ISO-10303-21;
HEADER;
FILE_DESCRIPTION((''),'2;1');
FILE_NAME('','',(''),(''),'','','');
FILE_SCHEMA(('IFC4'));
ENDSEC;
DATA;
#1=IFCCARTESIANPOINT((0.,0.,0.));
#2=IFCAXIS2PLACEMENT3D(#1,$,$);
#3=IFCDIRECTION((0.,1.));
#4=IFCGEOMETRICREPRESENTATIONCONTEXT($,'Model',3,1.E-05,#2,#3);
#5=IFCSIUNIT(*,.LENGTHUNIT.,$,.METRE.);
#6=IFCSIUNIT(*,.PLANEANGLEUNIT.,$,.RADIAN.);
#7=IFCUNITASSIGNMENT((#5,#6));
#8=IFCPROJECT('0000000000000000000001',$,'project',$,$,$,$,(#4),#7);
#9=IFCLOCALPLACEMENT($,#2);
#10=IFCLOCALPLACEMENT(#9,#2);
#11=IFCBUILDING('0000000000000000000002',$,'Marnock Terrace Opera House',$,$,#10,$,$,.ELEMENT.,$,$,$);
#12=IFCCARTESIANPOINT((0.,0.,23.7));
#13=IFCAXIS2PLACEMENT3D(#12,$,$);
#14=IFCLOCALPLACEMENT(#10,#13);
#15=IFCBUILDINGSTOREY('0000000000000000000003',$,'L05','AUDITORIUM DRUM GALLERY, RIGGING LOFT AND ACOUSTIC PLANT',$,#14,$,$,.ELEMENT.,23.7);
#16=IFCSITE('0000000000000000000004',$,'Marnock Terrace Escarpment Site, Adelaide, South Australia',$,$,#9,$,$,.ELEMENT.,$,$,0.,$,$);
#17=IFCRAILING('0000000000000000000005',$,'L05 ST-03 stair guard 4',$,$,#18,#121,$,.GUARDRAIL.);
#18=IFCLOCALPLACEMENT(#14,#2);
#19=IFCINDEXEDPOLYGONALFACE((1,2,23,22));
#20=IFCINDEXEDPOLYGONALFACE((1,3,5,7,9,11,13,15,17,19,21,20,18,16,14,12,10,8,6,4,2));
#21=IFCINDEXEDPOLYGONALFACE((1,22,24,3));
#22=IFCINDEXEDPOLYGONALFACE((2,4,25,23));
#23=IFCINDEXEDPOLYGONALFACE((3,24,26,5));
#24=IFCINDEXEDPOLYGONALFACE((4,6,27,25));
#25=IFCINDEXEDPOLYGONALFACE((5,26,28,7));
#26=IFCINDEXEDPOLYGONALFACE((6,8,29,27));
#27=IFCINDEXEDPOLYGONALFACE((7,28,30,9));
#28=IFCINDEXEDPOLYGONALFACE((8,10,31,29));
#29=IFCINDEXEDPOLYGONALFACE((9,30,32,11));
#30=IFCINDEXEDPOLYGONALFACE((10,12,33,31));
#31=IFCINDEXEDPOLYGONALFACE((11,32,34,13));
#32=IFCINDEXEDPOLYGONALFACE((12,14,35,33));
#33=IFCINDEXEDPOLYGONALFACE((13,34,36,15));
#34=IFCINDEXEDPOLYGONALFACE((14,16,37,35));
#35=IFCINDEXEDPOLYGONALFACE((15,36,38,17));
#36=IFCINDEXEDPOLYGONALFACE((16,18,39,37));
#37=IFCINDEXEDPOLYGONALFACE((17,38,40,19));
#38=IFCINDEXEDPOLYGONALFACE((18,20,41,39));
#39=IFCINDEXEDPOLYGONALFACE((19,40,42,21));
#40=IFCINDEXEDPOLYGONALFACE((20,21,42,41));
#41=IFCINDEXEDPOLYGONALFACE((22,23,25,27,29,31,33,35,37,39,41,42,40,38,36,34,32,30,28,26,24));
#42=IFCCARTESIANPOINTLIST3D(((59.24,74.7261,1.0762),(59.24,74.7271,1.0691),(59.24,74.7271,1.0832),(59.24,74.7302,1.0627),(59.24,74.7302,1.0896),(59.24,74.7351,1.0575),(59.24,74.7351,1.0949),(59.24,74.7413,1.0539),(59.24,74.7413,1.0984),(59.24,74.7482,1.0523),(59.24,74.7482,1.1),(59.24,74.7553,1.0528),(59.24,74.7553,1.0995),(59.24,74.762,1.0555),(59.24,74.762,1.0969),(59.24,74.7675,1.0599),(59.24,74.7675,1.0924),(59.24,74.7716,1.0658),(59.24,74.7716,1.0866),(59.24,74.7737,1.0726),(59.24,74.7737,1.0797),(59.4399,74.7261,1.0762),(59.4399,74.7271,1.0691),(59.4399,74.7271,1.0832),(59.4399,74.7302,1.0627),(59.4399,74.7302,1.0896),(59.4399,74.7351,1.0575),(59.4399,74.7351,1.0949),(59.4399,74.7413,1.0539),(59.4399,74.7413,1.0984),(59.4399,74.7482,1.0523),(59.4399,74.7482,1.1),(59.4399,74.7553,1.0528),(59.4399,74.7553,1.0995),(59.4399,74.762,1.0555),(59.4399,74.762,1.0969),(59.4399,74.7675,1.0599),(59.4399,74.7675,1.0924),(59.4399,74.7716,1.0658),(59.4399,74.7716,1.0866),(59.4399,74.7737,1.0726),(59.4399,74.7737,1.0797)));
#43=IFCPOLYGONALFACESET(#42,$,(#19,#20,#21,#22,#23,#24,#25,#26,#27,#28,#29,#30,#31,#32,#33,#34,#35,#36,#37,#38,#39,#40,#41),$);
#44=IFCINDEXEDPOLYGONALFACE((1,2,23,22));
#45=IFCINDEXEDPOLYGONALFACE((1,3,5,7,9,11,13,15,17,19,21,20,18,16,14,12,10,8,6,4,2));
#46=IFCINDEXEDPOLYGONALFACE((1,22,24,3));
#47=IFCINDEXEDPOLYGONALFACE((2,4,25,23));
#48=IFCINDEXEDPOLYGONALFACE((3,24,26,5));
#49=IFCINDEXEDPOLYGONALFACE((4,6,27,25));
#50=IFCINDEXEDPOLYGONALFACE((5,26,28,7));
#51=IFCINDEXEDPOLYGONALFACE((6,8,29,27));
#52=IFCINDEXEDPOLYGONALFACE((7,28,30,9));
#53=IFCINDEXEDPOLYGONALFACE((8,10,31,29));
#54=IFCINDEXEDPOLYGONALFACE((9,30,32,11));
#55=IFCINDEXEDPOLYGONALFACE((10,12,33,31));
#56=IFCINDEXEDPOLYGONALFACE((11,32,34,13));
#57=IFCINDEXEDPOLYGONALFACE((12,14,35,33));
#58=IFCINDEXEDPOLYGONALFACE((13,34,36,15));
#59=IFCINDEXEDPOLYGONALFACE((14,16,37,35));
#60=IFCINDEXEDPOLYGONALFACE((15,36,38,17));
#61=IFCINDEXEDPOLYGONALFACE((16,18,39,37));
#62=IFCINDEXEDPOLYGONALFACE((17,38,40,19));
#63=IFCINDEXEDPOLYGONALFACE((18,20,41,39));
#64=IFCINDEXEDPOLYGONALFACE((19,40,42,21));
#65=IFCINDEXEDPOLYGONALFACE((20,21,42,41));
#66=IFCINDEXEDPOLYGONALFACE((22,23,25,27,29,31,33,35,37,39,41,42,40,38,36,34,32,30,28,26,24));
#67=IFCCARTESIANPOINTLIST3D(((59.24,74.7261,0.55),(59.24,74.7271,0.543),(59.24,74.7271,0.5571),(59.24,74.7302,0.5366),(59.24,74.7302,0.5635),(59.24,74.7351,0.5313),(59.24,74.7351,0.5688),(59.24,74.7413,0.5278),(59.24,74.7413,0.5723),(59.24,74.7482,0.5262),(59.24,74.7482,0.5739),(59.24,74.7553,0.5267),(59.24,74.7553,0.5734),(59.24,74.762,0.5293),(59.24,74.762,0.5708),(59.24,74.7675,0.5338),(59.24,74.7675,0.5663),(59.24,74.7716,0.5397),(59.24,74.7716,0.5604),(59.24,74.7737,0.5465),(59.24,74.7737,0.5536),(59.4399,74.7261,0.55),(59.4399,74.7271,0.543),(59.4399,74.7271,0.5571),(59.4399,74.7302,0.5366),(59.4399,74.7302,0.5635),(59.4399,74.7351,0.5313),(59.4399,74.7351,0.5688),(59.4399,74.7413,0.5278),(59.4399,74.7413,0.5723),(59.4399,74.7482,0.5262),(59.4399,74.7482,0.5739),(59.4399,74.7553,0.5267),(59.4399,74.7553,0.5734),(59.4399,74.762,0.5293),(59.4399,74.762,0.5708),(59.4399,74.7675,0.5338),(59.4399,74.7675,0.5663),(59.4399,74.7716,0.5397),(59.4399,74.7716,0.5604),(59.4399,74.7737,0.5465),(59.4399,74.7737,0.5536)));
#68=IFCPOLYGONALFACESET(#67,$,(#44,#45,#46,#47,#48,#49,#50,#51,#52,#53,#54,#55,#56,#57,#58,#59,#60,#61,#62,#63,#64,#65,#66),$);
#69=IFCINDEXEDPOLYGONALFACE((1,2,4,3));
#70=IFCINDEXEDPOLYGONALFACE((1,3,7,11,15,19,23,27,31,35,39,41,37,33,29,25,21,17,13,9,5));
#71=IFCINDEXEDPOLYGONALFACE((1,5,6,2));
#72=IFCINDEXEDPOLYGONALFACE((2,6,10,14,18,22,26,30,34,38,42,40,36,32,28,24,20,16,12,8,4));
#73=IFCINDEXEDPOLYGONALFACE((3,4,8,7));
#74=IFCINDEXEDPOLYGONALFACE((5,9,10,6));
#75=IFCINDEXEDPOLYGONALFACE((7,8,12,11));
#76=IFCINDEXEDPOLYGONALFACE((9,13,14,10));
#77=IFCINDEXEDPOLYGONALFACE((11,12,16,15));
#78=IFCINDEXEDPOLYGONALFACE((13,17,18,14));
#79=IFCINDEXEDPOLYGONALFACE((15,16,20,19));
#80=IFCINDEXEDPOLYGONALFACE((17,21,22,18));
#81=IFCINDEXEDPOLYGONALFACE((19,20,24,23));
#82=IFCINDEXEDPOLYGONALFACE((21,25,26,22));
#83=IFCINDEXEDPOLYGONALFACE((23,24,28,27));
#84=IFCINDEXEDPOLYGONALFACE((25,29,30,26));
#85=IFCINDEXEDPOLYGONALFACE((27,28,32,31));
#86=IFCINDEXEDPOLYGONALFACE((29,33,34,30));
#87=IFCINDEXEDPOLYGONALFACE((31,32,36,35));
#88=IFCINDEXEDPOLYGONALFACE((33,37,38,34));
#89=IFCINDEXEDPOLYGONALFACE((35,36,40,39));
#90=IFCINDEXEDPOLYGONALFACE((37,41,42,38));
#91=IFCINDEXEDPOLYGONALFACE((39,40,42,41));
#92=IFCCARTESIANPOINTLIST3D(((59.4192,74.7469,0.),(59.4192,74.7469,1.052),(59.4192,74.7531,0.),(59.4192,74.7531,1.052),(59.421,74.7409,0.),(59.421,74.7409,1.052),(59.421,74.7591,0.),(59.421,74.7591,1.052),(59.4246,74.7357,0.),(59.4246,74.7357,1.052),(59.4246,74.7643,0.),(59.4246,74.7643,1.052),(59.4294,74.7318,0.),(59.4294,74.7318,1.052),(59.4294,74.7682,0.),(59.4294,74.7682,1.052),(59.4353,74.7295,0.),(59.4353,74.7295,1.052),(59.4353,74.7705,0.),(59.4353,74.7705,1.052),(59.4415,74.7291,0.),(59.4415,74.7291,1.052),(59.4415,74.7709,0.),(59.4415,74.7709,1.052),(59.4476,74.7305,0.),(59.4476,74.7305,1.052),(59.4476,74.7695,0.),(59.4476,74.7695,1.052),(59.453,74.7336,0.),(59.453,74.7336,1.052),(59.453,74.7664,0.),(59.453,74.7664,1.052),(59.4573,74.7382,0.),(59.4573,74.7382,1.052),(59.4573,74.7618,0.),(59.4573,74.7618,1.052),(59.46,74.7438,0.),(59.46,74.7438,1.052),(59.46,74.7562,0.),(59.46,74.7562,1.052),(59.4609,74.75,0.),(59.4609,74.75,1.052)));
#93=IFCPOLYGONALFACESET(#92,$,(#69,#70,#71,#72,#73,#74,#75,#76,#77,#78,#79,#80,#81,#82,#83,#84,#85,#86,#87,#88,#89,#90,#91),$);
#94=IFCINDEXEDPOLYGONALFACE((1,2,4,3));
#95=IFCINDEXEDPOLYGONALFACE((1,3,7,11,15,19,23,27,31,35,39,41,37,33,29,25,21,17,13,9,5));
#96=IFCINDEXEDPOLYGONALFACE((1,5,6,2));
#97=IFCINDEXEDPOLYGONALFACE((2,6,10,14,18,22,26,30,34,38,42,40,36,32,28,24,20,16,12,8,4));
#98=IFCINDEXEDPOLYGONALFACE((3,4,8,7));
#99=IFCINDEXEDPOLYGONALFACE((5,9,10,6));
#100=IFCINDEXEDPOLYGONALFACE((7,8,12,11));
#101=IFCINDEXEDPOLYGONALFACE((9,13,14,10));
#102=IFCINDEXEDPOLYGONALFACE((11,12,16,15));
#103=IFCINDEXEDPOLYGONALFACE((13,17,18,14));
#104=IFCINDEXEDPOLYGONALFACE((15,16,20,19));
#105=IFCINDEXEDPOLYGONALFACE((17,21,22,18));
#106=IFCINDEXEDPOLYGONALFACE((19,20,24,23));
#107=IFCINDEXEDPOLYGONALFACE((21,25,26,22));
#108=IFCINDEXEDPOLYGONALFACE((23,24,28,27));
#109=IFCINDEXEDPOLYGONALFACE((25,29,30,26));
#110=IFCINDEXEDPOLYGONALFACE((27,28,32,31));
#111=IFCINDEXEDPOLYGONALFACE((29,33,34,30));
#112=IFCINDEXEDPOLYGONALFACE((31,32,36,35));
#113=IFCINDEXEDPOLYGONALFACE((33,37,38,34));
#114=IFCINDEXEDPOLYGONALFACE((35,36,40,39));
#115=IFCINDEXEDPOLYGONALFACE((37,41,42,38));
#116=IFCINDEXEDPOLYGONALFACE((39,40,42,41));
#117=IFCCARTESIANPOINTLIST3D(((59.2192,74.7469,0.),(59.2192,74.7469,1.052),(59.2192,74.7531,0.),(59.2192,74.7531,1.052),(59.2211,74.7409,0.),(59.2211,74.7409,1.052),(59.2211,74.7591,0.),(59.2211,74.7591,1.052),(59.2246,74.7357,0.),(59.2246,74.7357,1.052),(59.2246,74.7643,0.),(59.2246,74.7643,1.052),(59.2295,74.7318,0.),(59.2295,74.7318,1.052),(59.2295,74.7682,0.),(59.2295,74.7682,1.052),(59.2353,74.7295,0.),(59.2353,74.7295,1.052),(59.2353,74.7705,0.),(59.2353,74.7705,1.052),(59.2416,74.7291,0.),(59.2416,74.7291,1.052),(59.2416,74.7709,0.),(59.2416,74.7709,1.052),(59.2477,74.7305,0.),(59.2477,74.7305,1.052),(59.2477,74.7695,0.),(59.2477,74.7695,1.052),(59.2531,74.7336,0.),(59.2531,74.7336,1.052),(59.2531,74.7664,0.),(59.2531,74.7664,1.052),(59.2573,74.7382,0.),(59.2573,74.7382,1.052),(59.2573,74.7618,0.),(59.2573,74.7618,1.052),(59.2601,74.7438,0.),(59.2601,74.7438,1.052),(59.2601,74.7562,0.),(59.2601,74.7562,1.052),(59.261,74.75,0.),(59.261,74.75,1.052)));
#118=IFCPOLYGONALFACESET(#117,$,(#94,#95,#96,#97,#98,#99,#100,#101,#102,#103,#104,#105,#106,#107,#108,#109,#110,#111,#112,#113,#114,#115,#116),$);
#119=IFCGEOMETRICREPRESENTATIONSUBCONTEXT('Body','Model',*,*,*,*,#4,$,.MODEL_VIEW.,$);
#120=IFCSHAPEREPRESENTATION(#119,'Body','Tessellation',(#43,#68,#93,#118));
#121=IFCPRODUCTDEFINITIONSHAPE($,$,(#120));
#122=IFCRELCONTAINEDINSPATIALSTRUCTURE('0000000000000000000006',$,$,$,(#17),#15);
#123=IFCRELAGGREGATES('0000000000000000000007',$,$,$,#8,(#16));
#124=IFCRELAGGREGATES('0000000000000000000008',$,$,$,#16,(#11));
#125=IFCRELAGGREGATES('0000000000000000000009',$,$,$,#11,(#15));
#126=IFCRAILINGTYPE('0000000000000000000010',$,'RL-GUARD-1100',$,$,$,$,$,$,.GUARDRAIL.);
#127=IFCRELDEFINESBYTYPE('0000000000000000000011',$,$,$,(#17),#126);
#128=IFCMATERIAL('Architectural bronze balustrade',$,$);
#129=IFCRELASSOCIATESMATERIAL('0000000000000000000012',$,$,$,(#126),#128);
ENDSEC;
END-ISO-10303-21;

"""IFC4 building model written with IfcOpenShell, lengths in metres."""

from ifc_helpers import new_model, si_unit, direction, frame, origin, origin_2d, place, context, subcontext, project, spatial, circle, extrude, material, type_object, element, save


model = new_model("IFC4")

# Units and contexts
model_context = context("Model", 3, precision=1e-05, world=origin(), true_north=direction((0.0, 1.0)))
body_context = subcontext(model_context, "Body", "Model", "MODEL_VIEW")
ifc_project = project(units=[si_unit("LENGTHUNIT", "METRE"), si_unit("PLANEANGLEUNIT", "RADIAN")], contexts=[model_context])

# Site, building, storey
site_placement = place(None, origin())
site = spatial("IfcSite", under=ifc_project, at=site_placement, Name="Marnock Terrace Escarpment Site, Adelaide, South Australia", CompositionType="ELEMENT", RefElevation=0.0)
building_placement = place(site_placement, origin())
building = spatial("IfcBuilding", under=site, at=building_placement, Name="Marnock Terrace Opera House", CompositionType="ELEMENT")
storey_placement = place(building_placement, frame((0.0, 0.0, 23.7)))
storey = spatial("IfcBuildingStorey", under=building, at=storey_placement, Name="L05", Description="AUDITORIUM DRUM GALLERY, RIGGING LOFT AND ACOUSTIC PLANT", CompositionType="ELEMENT", Elevation=23.7)

# Railing
ifc_material_1 = material(Name="Architectural bronze balustrade")
railing_type = type_object("IfcRailingType", Name="RL-GUARD-1100", PredefinedType="GUARDRAIL", material=ifc_material_1)
railing_placement = place(storey_placement, frame((59.4399, 74.75, 0.0)))
element("IfcRailing", 1, at=railing_placement, inside=storey, type_object=railing_type, Name="L05 ST-03 stair guard 4", PredefinedType="GUARDRAIL", context=body_context, shape_type="SweptSolid", body=[
    extrude(circle(Radius=0.0239, at=origin_2d()), frame((0.0, 0.0, 1.0762), z_axis=(-1.0, 0.0, 0.0), x_axis=(0.0, -1.0, 0.0)), (0.0, 0.0, 1.0), 0.2),
    extrude(circle(Radius=0.0239, at=origin_2d()), frame((0.0, 0.0, 0.55), z_axis=(-1.0, 0.0, 0.0), x_axis=(0.0, -1.0, 0.0)), (0.0, 0.0, 1.0), 0.2),
    extrude(circle(Radius=0.021, at=origin_2d()), origin(), (0.0, 0.0, 1.0), 1.052),
    extrude(circle(Radius=0.021, at=origin_2d()), frame((-0.2, 0.0, 0.0)), (0.0, 0.0, 1.0), 1.052),
])

save(model, "model.ifc")
